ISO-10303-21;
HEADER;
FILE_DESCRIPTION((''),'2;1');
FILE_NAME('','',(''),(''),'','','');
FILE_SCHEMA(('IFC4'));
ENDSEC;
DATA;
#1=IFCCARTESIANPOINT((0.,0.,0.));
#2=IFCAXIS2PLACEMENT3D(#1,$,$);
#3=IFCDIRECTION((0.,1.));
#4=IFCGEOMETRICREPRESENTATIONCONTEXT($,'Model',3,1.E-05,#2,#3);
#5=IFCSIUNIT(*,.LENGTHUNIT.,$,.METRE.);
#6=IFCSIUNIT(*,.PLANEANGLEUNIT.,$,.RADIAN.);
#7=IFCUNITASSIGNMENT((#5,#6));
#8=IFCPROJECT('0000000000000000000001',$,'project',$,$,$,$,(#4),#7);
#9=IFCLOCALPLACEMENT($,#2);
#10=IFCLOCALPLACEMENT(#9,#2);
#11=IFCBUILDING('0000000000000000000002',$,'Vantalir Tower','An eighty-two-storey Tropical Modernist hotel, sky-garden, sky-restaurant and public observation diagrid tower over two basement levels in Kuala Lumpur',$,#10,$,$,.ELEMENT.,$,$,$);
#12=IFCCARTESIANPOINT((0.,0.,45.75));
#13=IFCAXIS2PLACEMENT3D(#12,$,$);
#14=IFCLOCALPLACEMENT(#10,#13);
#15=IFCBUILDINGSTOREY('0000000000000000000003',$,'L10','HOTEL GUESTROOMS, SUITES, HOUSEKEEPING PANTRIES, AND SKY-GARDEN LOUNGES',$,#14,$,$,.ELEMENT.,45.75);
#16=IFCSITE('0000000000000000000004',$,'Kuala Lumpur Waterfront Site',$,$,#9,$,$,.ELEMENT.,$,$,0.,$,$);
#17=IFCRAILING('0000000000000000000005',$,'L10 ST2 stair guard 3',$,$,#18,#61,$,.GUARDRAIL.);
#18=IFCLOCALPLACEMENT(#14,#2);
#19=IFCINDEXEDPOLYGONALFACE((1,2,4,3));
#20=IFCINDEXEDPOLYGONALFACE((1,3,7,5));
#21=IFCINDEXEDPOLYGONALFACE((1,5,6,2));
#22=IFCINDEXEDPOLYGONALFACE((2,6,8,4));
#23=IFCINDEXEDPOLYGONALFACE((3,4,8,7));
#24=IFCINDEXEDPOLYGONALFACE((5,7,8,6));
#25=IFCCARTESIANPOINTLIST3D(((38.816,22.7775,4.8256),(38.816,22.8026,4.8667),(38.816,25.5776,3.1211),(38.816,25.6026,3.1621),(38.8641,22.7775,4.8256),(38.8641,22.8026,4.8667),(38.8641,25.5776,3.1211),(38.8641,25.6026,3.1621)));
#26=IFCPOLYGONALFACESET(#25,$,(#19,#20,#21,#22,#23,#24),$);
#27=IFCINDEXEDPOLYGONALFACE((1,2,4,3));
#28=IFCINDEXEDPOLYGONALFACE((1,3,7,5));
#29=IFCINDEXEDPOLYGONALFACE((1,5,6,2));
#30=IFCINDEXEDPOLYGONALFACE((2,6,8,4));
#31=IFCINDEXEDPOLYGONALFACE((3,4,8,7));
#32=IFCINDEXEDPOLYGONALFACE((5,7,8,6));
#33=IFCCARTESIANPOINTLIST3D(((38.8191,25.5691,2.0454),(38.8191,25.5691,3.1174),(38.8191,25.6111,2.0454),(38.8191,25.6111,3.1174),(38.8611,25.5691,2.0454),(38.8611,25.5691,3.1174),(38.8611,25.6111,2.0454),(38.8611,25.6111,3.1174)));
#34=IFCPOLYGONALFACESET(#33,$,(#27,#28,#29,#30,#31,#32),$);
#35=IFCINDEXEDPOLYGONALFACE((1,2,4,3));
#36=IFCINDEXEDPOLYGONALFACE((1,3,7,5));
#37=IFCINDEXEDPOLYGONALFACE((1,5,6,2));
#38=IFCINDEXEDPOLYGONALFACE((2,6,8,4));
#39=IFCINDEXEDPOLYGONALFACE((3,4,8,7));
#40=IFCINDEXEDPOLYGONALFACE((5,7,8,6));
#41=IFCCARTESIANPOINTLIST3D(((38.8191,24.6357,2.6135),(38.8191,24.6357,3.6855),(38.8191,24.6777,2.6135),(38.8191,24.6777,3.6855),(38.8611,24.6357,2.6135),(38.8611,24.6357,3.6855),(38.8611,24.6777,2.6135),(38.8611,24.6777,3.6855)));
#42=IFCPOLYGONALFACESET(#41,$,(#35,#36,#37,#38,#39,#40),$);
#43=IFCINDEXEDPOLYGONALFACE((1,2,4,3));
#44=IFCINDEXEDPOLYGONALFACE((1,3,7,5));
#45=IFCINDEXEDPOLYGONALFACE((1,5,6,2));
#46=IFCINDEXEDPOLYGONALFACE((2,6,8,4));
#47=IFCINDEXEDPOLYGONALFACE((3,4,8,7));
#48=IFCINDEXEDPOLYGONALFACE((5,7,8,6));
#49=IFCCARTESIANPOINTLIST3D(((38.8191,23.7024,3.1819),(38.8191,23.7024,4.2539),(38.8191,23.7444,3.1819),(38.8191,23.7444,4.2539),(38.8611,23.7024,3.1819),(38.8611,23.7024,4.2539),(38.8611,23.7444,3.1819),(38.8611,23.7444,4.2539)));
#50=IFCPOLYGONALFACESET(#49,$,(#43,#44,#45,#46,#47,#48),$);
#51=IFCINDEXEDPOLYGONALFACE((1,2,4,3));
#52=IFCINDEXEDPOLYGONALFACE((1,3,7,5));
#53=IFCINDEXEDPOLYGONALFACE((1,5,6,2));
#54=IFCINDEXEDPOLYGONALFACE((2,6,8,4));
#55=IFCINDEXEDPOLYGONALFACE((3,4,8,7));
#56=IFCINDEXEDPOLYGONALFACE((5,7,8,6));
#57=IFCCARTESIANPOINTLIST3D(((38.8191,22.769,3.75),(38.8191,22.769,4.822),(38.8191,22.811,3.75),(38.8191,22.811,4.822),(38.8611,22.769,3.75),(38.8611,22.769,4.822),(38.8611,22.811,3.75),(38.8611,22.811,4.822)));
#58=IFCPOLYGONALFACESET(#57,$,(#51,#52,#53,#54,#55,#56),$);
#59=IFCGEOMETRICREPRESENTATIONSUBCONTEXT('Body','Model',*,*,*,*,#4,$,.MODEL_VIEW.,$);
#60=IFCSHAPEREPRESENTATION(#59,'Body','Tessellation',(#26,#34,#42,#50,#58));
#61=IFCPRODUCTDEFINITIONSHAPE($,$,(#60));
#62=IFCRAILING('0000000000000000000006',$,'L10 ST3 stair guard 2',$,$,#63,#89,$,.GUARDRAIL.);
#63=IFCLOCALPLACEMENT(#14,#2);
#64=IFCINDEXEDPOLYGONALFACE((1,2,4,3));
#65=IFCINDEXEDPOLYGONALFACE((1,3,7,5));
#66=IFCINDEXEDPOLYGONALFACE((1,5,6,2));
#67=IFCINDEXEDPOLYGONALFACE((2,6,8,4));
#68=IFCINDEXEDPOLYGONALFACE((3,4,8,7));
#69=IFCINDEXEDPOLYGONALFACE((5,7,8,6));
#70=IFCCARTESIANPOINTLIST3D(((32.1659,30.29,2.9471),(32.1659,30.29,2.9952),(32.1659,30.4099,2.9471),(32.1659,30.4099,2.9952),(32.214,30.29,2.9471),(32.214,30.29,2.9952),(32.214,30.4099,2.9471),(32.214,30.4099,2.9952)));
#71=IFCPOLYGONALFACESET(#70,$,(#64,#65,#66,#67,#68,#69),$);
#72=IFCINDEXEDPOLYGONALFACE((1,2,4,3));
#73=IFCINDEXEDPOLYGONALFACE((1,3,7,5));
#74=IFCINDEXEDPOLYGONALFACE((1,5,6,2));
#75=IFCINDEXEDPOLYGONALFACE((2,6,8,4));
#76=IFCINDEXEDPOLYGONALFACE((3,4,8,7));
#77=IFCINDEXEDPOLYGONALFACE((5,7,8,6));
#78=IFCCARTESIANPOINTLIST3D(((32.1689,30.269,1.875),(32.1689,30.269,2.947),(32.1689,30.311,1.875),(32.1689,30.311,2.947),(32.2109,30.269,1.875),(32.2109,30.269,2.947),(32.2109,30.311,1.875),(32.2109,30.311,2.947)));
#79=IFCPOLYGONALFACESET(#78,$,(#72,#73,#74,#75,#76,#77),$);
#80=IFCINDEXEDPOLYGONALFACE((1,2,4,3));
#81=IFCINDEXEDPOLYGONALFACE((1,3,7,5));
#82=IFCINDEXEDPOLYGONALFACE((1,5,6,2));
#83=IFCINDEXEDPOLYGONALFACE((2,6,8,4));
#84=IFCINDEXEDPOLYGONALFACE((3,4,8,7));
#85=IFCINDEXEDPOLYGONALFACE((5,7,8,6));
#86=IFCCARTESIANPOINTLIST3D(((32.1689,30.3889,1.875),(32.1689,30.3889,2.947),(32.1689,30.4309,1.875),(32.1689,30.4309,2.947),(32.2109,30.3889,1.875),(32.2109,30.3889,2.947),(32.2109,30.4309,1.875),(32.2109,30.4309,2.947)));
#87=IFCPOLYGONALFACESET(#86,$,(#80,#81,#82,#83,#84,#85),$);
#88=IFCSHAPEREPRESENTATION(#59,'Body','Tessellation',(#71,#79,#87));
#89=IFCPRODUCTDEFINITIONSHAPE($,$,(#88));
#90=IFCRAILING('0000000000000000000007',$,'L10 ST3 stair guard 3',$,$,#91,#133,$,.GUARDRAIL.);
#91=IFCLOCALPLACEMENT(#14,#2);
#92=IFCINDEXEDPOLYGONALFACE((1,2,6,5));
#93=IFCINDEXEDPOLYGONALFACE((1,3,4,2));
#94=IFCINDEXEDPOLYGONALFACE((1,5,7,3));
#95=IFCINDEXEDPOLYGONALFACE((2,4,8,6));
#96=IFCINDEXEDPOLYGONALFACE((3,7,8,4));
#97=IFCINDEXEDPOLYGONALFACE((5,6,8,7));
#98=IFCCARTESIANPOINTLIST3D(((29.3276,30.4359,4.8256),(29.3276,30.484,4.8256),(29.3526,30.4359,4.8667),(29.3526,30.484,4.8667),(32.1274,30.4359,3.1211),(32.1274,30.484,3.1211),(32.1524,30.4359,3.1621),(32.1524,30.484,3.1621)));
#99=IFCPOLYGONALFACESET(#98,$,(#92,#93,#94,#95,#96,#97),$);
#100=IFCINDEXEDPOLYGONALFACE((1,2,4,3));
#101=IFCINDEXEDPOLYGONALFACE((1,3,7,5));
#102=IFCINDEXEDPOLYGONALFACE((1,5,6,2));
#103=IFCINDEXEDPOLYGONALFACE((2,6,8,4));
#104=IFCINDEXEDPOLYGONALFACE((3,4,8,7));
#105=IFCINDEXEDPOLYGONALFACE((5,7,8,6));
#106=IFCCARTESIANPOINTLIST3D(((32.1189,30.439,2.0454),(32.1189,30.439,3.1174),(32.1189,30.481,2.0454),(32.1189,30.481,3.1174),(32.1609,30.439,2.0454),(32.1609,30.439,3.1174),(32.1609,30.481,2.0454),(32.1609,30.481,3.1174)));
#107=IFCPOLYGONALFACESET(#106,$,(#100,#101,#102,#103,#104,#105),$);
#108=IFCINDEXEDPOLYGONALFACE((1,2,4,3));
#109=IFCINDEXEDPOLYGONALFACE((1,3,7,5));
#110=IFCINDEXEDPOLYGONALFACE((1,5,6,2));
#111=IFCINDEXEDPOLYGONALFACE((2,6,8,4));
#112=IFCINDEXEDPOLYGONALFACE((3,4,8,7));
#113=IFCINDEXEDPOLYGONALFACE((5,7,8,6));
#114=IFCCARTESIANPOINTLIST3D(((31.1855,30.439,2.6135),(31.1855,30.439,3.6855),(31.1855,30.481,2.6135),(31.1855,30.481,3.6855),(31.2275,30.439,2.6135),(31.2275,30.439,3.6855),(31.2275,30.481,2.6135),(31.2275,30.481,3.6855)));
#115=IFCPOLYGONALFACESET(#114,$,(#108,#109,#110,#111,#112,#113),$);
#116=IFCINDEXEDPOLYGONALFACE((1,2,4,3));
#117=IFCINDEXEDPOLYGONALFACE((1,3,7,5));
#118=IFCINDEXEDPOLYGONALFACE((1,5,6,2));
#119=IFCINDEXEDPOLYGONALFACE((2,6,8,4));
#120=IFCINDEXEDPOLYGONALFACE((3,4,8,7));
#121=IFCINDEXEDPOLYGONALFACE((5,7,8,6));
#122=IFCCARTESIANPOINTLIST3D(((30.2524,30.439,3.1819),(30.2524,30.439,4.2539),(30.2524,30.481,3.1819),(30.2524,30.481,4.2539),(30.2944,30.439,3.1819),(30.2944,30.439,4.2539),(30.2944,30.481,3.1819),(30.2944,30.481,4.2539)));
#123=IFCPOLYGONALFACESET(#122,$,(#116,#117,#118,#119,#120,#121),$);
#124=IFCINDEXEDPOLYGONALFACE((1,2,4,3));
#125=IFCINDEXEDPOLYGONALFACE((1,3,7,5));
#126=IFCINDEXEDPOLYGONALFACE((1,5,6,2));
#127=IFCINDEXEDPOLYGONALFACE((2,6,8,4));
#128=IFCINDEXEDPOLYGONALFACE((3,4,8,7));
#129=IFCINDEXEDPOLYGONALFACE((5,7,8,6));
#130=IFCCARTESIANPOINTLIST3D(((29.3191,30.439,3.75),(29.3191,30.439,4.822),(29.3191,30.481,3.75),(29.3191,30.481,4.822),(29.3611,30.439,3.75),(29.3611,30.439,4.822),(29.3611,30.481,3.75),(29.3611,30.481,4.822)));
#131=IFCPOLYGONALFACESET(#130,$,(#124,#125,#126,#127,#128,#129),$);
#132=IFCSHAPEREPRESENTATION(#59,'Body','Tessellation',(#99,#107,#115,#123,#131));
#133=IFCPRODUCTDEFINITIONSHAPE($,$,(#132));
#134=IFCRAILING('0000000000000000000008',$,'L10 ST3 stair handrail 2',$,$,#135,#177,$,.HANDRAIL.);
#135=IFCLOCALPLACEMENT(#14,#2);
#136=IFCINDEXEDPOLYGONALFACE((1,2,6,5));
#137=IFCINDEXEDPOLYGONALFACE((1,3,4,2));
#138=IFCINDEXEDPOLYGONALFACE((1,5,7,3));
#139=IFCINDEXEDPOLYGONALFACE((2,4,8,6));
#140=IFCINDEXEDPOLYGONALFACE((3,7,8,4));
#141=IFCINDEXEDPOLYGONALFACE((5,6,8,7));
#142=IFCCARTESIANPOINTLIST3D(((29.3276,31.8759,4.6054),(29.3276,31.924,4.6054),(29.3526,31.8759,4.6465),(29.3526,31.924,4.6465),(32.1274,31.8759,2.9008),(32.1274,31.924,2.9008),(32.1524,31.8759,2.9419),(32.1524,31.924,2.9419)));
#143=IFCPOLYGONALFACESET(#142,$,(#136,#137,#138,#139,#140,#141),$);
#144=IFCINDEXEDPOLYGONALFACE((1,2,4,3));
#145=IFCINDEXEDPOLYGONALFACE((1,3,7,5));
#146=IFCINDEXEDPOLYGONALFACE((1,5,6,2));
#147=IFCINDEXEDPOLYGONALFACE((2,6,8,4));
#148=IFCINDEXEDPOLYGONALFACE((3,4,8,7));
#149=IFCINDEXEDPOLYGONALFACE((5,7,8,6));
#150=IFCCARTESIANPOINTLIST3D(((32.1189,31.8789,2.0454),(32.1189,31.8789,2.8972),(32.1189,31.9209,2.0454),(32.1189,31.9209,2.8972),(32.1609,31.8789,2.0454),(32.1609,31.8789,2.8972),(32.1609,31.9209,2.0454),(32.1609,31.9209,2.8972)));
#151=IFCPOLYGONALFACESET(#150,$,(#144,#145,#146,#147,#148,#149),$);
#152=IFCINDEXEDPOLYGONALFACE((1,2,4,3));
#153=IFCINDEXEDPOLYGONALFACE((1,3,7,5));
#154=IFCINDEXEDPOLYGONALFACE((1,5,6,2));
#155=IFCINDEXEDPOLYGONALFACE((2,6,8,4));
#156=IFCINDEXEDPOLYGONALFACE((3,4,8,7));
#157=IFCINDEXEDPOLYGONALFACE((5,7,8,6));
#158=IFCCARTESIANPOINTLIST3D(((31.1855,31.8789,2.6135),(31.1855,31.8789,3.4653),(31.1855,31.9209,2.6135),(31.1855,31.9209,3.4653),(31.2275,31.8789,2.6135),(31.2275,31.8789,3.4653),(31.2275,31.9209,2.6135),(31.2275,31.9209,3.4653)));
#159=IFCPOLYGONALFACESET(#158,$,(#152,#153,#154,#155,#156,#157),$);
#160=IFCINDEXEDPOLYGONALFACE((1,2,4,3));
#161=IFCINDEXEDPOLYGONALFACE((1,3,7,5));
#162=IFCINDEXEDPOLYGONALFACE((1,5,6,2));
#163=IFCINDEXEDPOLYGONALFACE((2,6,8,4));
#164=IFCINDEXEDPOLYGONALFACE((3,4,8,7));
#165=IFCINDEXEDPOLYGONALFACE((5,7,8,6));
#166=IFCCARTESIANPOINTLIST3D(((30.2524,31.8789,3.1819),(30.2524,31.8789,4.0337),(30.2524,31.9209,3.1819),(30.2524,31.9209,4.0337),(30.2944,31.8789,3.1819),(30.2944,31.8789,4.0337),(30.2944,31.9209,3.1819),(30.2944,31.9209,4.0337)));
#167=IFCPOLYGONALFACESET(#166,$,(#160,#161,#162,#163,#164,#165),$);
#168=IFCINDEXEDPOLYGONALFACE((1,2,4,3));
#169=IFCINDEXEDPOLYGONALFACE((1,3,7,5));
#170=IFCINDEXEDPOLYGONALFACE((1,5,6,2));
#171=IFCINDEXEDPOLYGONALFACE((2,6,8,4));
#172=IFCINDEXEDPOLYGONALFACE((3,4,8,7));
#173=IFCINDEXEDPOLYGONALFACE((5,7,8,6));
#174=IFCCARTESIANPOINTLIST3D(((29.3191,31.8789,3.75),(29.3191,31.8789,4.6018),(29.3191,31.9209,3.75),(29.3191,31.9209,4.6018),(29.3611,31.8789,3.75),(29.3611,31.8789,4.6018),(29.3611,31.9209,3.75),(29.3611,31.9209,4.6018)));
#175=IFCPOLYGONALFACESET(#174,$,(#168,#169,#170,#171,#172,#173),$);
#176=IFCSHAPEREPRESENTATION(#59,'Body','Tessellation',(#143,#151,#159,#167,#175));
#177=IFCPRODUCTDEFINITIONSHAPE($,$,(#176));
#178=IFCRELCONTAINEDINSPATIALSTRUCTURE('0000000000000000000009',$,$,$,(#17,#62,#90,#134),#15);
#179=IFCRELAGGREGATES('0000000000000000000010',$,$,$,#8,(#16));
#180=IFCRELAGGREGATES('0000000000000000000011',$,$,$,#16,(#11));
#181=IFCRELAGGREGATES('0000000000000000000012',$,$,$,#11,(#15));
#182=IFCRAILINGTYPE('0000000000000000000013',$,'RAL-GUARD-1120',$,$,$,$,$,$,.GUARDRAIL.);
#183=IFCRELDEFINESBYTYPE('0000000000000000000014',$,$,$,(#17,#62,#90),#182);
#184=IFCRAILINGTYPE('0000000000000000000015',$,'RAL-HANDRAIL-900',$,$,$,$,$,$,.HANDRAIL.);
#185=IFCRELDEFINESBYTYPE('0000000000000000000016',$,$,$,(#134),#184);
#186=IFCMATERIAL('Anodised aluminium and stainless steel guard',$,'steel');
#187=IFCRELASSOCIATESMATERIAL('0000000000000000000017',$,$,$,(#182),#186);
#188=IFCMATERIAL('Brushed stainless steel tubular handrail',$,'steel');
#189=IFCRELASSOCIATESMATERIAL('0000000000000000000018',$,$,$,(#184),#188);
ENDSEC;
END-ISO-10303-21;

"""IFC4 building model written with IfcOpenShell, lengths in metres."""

from ifc_helpers import new_model, si_unit, direction, frame, origin, origin_2d, place, context, subcontext, project, spatial, rectangle, extrude, material, type_object, element, save


model = new_model("IFC4")

# Units and contexts
model_context = context("Model", 3, precision=1e-05, world=origin(), true_north=direction((0.0, 1.0)))
body_context = subcontext(model_context, "Body", "Model", "MODEL_VIEW")
ifc_project = project(units=[si_unit("LENGTHUNIT", "METRE"), si_unit("PLANEANGLEUNIT", "RADIAN")], contexts=[model_context])

# Site, building, storey
site_placement = place(None, origin())
site = spatial("IfcSite", under=ifc_project, at=site_placement, Name="Kuala Lumpur Waterfront Site", CompositionType="ELEMENT", RefElevation=0.0)
building_placement = place(site_placement, origin())
building = spatial("IfcBuilding", under=site, at=building_placement, Name="Vantalir Tower", Description="An eighty-two-storey Tropical Modernist hotel, sky-garden, sky-restaurant and public observation diagrid tower over two basement levels in Kuala Lumpur", CompositionType="ELEMENT")
storey_placement = place(building_placement, frame((0.0, 0.0, 45.75)))
storey = spatial("IfcBuildingStorey", under=building, at=storey_placement, Name="L10", Description="HOTEL GUESTROOMS, SUITES, HOUSEKEEPING PANTRIES, AND SKY-GARDEN LOUNGES", CompositionType="ELEMENT", Elevation=45.75)

# Railings
ifc_material_1 = material(Name="Anodised aluminium and stainless steel guard", Category="steel")
railing_type_1 = type_object("IfcRailingType", Name="RAL-GUARD-1120", PredefinedType="GUARDRAIL", material=ifc_material_1)
railing_1_placement = place(storey_placement, frame((38.8401, 25.5901, 2.0454)))
element("IfcRailing", 1, at=railing_1_placement, inside=storey, type_object=railing_type_1, Name="L10 ST2 stair guard 3", PredefinedType="GUARDRAIL", context=body_context, shape_type="SweptSolid", body=[
    extrude(rectangle(XDim=0.0481, YDim=0.0481, at=origin_2d()), frame((0.0, 0.0, 1.0962), z_axis=(0.0, -0.85417, 0.519994), x_axis=(1.0, 0.0, 0.0)), (0.0, 0.0, 1.0), 3.2781),
    extrude(rectangle(XDim=0.042, YDim=0.042, at=origin_2d()), origin(), (0.0, 0.0, 1.0), 1.072),
    extrude(rectangle(XDim=0.042, YDim=0.042, at=origin_2d()), frame((0.0, -0.9333, 0.5681)), (0.0, 0.0, 1.0), 1.072),
    extrude(rectangle(XDim=0.042, YDim=0.042, at=origin_2d()), frame((0.0, -1.8667, 1.1365)), (0.0, 0.0, 1.0), 1.072),
    extrude(rectangle(XDim=0.042, YDim=0.042, at=origin_2d()), frame((0.0, -2.8, 1.7046)), (0.0, 0.0, 1.0), 1.072),
])
railing_2_placement = place(storey_placement, frame((32.1899, 30.29, 1.875)))
element("IfcRailing", 2, at=railing_2_placement, inside=storey, type_object=railing_type_1, Name="L10 ST3 stair guard 2", PredefinedType="GUARDRAIL", context=body_context, shape_type="SweptSolid", body=[
    extrude(rectangle(XDim=0.0481, YDim=0.0481, at=origin_2d()), frame((0.0, 0.0, 1.0962), z_axis=(0.0, 1.0, 0.0), x_axis=(-1.0, 0.0, 0.0)), (0.0, 0.0, 1.0), 0.1199),
    extrude(rectangle(XDim=0.042, YDim=0.042, at=origin_2d()), origin(), (0.0, 0.0, 1.0), 1.072),
    extrude(rectangle(XDim=0.042, YDim=0.042, at=origin_2d()), frame((0.0, 0.1199, 0.0)), (0.0, 0.0, 1.0), 1.072),
])
railing_3_placement = place(storey_placement, frame((32.1399, 30.46, 2.0454)))
element("IfcRailing", 3, at=railing_3_placement, inside=storey, type_object=railing_type_1, Name="L10 ST3 stair guard 3", PredefinedType="GUARDRAIL", context=body_context, shape_type="SweptSolid", body=[
    extrude(rectangle(XDim=0.0481, YDim=0.0481, at=origin_2d()), frame((0.0, 0.0, 1.0962), z_axis=(-0.85415, 0.0, 0.520027), x_axis=(0.0, -1.0, 0.0)), (0.0, 0.0, 1.0), 3.2778),
    extrude(rectangle(XDim=0.042, YDim=0.042, at=origin_2d()), origin(), (0.0, 0.0, 1.0), 1.072),
    extrude(rectangle(XDim=0.042, YDim=0.042, at=origin_2d()), frame((-0.9333, 0.0, 0.5681)), (0.0, 0.0, 1.0), 1.072),
    extrude(rectangle(XDim=0.042, YDim=0.042, at=origin_2d()), frame((-1.8665, 0.0, 1.1365)), (0.0, 0.0, 1.0), 1.072),
    extrude(rectangle(XDim=0.042, YDim=0.042, at=origin_2d()), frame((-2.7998, 0.0, 1.7046)), (0.0, 0.0, 1.0), 1.072),
])
ifc_material_2 = material(Name="Brushed stainless steel tubular handrail", Category="steel")
railing_type_2 = type_object("IfcRailingType", Name="RAL-HANDRAIL-900", PredefinedType="HANDRAIL", material=ifc_material_2)
railing_4_placement = place(storey_placement, frame((32.1399, 31.8999, 2.0454)))
element("IfcRailing", 4, at=railing_4_placement, inside=storey, type_object=railing_type_2, Name="L10 ST3 stair handrail 2", PredefinedType="HANDRAIL", context=body_context, shape_type="SweptSolid", body=[
    extrude(rectangle(XDim=0.0481, YDim=0.0481, at=origin_2d()), frame((0.0, 0.0, 0.876), z_axis=(-0.85415, 0.0, 0.520027), x_axis=(0.0, -1.0, 0.0)), (0.0, 0.0, 1.0), 3.2778),
    extrude(rectangle(XDim=0.042, YDim=0.042, at=origin_2d()), origin(), (0.0, 0.0, 1.0), 0.8518),
    extrude(rectangle(XDim=0.042, YDim=0.042, at=origin_2d()), frame((-0.9333, 0.0, 0.5681)), (0.0, 0.0, 1.0), 0.8518),
    extrude(rectangle(XDim=0.042, YDim=0.042, at=origin_2d()), frame((-1.8665, 0.0, 1.1365)), (0.0, 0.0, 1.0), 0.8518),
    extrude(rectangle(XDim=0.042, YDim=0.042, at=origin_2d()), frame((-2.7998, 0.0, 1.7046)), (0.0, 0.0, 1.0), 0.8518),
])

save(model, "model.ifc")
